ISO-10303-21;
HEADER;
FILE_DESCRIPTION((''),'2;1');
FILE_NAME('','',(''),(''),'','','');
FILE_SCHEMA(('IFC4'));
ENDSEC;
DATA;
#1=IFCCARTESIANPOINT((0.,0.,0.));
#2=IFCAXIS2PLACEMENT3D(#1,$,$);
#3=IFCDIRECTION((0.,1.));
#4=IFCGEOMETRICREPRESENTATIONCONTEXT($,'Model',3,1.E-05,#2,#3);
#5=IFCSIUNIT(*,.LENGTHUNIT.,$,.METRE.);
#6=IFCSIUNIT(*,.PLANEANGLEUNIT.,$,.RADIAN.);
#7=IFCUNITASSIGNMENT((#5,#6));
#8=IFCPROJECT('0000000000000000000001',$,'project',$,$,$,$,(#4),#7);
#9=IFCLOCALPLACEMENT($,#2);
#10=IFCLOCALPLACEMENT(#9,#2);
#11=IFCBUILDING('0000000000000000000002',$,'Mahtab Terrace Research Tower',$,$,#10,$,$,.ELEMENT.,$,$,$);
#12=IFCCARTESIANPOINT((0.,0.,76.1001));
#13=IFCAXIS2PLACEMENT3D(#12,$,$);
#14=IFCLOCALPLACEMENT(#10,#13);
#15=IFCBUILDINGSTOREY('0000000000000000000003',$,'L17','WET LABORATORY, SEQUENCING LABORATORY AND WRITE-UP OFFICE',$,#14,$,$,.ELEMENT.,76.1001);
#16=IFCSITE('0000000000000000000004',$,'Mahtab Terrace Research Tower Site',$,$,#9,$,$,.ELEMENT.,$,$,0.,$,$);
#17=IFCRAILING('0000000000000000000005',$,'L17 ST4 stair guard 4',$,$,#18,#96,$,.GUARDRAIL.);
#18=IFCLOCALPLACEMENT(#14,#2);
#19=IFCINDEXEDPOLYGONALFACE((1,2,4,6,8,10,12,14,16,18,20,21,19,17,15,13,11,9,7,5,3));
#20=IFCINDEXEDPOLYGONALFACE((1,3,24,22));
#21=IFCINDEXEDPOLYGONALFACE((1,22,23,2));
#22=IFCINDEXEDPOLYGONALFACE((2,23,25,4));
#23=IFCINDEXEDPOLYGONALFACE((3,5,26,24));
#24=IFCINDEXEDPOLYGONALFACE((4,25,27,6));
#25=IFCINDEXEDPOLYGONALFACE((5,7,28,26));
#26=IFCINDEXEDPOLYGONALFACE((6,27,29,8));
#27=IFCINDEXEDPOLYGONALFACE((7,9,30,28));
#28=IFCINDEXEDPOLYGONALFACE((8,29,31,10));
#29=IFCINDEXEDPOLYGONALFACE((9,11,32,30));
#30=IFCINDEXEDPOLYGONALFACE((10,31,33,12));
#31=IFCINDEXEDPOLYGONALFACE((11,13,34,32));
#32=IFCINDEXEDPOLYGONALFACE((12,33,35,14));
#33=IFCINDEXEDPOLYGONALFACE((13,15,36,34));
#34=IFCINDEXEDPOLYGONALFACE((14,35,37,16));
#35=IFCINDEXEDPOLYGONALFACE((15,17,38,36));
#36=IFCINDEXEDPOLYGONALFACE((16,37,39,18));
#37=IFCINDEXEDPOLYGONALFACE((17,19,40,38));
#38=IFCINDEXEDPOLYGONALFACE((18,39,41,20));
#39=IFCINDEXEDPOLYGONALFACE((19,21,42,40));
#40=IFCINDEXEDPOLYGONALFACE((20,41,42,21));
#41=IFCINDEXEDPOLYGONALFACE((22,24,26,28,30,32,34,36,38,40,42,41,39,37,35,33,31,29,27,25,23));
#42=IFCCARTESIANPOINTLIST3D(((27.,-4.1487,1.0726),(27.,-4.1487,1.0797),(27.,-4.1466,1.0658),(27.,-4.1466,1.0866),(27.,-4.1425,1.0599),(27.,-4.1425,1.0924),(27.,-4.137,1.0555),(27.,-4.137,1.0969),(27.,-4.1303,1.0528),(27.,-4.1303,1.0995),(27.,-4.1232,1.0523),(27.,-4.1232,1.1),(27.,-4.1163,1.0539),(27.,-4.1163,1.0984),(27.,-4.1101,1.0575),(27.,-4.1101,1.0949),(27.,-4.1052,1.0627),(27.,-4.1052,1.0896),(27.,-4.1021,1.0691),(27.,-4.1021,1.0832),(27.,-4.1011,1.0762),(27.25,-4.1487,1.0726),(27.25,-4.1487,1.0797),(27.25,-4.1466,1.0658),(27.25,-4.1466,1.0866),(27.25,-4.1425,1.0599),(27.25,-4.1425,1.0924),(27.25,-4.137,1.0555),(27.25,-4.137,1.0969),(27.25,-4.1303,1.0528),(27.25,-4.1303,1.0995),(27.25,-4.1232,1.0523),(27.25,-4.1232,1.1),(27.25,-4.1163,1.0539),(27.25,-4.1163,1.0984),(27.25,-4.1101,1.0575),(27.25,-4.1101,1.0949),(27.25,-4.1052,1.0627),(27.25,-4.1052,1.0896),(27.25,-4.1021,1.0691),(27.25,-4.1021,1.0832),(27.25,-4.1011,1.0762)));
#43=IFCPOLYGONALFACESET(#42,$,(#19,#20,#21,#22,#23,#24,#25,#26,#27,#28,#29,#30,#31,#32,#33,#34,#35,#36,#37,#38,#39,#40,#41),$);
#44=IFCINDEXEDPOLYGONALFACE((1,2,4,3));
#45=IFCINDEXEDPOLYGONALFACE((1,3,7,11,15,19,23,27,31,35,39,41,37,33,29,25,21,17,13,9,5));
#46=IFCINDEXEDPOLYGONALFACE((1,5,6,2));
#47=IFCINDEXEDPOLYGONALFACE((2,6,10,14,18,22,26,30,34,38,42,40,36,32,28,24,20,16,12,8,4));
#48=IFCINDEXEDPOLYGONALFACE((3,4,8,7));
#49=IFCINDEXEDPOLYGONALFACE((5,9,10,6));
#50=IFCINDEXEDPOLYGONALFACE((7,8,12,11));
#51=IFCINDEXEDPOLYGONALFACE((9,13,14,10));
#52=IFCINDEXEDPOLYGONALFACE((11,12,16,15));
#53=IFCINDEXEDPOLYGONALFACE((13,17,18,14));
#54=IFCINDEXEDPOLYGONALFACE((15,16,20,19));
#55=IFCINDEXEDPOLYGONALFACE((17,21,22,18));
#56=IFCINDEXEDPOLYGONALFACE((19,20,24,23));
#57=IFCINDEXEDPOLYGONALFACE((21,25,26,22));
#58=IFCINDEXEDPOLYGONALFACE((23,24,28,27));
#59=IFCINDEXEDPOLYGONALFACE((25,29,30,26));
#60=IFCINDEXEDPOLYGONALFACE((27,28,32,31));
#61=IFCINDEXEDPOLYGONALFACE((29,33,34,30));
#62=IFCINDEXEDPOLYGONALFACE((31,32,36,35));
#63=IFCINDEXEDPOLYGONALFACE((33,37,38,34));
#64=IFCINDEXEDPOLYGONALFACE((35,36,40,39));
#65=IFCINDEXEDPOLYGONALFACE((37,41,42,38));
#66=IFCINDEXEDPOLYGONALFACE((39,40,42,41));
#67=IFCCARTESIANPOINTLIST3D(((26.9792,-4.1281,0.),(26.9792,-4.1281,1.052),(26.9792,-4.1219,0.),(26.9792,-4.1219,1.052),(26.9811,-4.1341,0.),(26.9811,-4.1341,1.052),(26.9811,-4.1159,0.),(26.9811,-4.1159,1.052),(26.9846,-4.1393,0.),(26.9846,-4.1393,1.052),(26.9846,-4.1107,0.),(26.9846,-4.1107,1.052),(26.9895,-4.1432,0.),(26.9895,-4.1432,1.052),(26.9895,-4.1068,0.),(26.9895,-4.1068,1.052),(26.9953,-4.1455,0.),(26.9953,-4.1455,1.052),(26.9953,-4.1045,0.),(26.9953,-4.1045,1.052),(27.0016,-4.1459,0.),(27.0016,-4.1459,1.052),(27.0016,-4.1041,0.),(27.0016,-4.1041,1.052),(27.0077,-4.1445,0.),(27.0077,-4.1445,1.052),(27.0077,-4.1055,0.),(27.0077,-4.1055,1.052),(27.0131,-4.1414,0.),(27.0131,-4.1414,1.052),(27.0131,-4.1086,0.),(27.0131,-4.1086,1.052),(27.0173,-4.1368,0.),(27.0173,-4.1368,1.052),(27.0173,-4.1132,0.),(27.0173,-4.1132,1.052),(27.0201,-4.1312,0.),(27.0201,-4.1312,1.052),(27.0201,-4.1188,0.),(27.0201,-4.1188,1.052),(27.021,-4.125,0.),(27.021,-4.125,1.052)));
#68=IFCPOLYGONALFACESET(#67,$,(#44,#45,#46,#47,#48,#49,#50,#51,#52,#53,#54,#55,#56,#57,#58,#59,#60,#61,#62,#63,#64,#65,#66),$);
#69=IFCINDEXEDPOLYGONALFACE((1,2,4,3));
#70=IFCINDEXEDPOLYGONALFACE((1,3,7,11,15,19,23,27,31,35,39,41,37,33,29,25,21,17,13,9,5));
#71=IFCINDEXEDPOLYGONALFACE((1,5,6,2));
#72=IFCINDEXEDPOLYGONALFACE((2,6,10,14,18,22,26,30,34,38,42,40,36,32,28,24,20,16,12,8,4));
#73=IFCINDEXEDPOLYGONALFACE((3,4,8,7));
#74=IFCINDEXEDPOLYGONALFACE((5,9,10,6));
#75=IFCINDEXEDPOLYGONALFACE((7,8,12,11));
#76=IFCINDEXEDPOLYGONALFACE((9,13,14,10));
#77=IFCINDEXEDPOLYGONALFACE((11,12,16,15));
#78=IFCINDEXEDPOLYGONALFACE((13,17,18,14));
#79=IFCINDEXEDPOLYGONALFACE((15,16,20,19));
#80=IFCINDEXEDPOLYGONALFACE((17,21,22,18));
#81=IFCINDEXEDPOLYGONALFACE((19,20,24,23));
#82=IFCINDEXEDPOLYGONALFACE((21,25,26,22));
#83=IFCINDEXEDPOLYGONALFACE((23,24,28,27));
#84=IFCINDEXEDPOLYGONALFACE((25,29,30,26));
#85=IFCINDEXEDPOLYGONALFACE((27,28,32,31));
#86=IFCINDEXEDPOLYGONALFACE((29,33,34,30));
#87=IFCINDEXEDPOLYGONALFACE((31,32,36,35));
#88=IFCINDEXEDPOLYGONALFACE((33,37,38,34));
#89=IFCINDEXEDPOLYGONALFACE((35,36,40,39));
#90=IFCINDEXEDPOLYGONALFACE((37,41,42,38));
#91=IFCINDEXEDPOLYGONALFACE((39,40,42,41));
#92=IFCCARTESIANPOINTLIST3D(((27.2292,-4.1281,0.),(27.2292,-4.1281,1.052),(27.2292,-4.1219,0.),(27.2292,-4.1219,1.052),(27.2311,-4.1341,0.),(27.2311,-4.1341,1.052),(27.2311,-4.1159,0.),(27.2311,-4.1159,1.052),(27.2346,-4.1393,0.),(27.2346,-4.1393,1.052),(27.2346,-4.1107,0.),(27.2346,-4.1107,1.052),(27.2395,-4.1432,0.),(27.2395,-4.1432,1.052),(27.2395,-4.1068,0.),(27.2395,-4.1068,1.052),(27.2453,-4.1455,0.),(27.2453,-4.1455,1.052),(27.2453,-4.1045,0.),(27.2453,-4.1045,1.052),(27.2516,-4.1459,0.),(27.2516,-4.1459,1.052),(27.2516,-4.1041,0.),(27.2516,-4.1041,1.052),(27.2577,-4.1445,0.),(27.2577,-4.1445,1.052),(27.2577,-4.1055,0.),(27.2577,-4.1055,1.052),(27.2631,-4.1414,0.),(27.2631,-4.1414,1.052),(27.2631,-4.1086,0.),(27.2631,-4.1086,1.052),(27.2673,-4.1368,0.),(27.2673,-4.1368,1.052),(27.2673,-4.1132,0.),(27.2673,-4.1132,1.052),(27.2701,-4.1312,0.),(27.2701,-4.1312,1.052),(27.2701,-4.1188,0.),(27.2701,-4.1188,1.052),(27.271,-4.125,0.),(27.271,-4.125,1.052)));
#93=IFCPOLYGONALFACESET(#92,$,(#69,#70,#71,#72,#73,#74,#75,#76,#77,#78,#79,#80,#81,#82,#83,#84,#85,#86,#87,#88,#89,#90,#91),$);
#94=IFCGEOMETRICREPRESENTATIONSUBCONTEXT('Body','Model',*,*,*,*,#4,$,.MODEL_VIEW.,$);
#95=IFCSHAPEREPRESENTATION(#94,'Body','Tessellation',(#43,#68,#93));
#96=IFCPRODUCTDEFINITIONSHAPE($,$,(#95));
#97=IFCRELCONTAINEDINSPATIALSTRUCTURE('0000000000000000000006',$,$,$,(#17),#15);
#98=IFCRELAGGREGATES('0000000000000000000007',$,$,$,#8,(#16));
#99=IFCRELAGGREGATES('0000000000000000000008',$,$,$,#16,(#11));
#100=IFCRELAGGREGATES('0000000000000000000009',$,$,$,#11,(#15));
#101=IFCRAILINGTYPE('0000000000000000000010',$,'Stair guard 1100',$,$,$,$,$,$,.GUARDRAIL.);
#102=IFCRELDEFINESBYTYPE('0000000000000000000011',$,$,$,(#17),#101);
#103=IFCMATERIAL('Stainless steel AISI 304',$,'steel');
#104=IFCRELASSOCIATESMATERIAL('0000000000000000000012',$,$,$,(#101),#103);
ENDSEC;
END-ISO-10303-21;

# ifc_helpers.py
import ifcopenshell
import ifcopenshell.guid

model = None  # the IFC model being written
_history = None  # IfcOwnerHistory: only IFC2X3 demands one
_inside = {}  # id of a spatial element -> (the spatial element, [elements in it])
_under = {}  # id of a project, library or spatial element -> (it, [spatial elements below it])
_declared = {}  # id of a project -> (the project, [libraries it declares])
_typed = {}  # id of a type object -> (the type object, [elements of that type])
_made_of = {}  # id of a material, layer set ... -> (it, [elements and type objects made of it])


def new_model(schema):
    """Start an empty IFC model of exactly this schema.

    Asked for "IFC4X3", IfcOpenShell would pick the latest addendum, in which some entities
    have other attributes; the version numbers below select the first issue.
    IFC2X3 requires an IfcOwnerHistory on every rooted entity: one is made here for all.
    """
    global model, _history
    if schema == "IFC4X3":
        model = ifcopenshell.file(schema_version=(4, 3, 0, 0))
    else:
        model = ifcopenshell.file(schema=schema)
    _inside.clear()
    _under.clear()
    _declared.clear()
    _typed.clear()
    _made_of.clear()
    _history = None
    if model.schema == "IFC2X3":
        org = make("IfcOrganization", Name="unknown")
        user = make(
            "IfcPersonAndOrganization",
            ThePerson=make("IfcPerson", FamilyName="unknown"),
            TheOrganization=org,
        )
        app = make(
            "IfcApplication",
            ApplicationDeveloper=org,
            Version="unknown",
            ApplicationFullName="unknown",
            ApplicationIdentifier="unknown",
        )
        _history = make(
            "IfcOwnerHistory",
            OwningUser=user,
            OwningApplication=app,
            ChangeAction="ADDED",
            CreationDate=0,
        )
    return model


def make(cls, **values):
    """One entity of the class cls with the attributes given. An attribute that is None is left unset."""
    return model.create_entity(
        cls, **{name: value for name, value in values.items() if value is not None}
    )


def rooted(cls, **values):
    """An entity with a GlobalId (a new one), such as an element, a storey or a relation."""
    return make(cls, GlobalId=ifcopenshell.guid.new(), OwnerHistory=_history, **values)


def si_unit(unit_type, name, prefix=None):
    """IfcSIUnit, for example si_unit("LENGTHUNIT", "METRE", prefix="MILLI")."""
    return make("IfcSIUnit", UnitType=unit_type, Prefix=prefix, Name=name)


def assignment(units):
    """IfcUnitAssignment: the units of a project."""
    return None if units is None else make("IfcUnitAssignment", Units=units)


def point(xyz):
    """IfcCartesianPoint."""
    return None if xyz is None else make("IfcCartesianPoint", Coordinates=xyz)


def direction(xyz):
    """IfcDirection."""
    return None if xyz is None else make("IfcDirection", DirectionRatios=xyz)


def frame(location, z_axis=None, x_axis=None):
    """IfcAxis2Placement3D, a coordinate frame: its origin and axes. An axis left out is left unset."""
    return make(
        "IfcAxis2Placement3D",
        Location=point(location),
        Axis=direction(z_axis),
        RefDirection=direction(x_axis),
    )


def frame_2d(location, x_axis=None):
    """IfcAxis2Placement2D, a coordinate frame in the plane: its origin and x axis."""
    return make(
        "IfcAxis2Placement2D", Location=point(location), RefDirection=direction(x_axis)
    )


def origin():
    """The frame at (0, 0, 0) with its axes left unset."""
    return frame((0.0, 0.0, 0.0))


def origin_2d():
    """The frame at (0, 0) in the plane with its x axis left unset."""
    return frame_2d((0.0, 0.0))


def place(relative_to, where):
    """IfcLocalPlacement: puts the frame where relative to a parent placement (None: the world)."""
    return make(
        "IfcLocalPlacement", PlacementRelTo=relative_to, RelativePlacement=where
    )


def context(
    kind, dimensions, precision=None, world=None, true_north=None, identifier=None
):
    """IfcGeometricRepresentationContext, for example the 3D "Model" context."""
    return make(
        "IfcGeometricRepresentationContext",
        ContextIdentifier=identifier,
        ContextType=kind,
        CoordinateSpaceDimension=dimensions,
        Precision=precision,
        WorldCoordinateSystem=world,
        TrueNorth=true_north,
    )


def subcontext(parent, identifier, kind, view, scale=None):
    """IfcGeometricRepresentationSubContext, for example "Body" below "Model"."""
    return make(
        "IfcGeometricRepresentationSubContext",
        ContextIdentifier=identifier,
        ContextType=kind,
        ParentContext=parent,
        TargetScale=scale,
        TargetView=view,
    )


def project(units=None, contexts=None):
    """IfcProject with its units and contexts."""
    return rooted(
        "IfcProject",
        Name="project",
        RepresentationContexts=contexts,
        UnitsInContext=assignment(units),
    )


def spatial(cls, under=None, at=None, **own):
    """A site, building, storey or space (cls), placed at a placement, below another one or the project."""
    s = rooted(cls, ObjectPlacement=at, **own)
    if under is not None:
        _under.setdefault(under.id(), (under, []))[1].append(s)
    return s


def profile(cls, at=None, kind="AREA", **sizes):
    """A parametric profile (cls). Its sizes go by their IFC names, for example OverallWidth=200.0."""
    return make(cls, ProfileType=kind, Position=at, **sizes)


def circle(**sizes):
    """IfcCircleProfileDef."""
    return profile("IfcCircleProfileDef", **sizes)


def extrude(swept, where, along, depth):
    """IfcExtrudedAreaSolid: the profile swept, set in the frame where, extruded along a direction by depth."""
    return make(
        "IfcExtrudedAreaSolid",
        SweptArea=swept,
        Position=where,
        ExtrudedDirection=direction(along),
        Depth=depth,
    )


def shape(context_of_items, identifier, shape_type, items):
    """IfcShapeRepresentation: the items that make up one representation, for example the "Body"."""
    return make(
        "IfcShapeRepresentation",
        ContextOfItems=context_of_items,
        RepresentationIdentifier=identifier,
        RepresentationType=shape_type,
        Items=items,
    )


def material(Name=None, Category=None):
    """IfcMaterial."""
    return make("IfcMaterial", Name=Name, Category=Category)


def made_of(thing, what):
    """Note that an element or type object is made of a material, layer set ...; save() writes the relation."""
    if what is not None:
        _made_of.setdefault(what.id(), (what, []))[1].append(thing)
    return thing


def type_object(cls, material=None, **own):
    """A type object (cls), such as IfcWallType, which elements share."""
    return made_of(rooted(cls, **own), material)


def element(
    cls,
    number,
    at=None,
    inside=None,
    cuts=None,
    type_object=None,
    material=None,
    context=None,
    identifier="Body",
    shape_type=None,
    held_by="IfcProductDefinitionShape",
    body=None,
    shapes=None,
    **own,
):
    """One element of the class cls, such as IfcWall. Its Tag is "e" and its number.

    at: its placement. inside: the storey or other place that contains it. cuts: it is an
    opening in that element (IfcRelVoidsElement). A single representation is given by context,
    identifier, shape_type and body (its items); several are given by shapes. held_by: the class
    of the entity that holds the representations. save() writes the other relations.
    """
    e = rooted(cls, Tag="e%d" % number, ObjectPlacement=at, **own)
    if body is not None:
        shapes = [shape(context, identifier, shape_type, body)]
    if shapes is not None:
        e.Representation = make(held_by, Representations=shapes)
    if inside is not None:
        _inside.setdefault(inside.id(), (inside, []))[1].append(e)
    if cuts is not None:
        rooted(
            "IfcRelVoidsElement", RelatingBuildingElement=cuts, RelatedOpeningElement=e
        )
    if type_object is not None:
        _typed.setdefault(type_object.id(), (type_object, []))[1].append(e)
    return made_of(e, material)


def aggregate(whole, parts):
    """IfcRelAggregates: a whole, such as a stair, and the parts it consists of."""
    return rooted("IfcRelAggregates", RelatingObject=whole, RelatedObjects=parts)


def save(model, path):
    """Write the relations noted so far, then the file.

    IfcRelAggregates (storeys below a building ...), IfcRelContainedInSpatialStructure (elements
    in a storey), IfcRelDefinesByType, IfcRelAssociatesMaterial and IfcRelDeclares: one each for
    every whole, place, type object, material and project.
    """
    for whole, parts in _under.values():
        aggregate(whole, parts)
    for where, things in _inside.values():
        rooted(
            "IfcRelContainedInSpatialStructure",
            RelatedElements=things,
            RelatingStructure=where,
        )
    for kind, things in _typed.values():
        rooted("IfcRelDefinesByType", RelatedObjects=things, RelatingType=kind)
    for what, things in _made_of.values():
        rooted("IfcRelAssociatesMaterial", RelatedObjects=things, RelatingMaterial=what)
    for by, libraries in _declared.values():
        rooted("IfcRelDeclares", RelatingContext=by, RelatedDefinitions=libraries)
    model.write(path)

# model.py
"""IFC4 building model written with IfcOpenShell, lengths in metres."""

from ifc_helpers import new_model, si_unit, direction, frame, origin, origin_2d, place, context, subcontext, project, spatial, circle, extrude, material, type_object, element, save


model = new_model("IFC4")

# Units and contexts
model_context = context("Model", 3, precision=1e-05, world=origin(), true_north=direction((0.0, 1.0)))
body_context = subcontext(model_context, "Body", "Model", "MODEL_VIEW")
ifc_project = project(units=[si_unit("LENGTHUNIT", "METRE"), si_unit("PLANEANGLEUNIT", "RADIAN")], contexts=[model_context])

# Site, building, storey
site_placement = place(None, origin())
site = spatial("IfcSite", under=ifc_project, at=site_placement, Name="Mahtab Terrace Research Tower Site", CompositionType="ELEMENT", RefElevation=0.0)
building_placement = place(site_placement, origin())
building = spatial("IfcBuilding", under=site, at=building_placement, Name="Mahtab Terrace Research Tower", CompositionType="ELEMENT")
storey_placement = place(building_placement, frame((0.0, 0.0, 76.1001)))
storey = spatial("IfcBuildingStorey", under=building, at=storey_placement, Name="L17", Description="WET LABORATORY, SEQUENCING LABORATORY AND WRITE-UP OFFICE", CompositionType="ELEMENT", Elevation=76.1001)

# Railing
ifc_material_1 = material(Name="Stainless steel AISI 304", Category="steel")
railing_type_1 = type_object("IfcRailingType", Name="Stair guard 1100", PredefinedType="GUARDRAIL", material=ifc_material_1)
railing_1_placement = place(storey_placement, frame((27.0, -4.125, 0.0)))
element("IfcRailing", 1, at=railing_1_placement, inside=storey, type_object=railing_type_1, Name="L17 ST4 stair guard 4", PredefinedType="GUARDRAIL", context=body_context, shape_type="SweptSolid", body=[
    extrude(circle(Radius=0.0239, at=origin_2d()), frame((0.0, 0.0, 1.0762), z_axis=(1.0, 0.0, 0.0), x_axis=(0.0, 1.0, 0.0)), (0.0, 0.0, 1.0), 0.25),
    extrude(circle(Radius=0.021, at=origin_2d()), origin(), (0.0, 0.0, 1.0), 1.052),
    extrude(circle(Radius=0.021, at=origin_2d()), frame((0.25, 0.0, 0.0)), (0.0, 0.0, 1.0), 1.052),
])

save(model, "model.ifc")
